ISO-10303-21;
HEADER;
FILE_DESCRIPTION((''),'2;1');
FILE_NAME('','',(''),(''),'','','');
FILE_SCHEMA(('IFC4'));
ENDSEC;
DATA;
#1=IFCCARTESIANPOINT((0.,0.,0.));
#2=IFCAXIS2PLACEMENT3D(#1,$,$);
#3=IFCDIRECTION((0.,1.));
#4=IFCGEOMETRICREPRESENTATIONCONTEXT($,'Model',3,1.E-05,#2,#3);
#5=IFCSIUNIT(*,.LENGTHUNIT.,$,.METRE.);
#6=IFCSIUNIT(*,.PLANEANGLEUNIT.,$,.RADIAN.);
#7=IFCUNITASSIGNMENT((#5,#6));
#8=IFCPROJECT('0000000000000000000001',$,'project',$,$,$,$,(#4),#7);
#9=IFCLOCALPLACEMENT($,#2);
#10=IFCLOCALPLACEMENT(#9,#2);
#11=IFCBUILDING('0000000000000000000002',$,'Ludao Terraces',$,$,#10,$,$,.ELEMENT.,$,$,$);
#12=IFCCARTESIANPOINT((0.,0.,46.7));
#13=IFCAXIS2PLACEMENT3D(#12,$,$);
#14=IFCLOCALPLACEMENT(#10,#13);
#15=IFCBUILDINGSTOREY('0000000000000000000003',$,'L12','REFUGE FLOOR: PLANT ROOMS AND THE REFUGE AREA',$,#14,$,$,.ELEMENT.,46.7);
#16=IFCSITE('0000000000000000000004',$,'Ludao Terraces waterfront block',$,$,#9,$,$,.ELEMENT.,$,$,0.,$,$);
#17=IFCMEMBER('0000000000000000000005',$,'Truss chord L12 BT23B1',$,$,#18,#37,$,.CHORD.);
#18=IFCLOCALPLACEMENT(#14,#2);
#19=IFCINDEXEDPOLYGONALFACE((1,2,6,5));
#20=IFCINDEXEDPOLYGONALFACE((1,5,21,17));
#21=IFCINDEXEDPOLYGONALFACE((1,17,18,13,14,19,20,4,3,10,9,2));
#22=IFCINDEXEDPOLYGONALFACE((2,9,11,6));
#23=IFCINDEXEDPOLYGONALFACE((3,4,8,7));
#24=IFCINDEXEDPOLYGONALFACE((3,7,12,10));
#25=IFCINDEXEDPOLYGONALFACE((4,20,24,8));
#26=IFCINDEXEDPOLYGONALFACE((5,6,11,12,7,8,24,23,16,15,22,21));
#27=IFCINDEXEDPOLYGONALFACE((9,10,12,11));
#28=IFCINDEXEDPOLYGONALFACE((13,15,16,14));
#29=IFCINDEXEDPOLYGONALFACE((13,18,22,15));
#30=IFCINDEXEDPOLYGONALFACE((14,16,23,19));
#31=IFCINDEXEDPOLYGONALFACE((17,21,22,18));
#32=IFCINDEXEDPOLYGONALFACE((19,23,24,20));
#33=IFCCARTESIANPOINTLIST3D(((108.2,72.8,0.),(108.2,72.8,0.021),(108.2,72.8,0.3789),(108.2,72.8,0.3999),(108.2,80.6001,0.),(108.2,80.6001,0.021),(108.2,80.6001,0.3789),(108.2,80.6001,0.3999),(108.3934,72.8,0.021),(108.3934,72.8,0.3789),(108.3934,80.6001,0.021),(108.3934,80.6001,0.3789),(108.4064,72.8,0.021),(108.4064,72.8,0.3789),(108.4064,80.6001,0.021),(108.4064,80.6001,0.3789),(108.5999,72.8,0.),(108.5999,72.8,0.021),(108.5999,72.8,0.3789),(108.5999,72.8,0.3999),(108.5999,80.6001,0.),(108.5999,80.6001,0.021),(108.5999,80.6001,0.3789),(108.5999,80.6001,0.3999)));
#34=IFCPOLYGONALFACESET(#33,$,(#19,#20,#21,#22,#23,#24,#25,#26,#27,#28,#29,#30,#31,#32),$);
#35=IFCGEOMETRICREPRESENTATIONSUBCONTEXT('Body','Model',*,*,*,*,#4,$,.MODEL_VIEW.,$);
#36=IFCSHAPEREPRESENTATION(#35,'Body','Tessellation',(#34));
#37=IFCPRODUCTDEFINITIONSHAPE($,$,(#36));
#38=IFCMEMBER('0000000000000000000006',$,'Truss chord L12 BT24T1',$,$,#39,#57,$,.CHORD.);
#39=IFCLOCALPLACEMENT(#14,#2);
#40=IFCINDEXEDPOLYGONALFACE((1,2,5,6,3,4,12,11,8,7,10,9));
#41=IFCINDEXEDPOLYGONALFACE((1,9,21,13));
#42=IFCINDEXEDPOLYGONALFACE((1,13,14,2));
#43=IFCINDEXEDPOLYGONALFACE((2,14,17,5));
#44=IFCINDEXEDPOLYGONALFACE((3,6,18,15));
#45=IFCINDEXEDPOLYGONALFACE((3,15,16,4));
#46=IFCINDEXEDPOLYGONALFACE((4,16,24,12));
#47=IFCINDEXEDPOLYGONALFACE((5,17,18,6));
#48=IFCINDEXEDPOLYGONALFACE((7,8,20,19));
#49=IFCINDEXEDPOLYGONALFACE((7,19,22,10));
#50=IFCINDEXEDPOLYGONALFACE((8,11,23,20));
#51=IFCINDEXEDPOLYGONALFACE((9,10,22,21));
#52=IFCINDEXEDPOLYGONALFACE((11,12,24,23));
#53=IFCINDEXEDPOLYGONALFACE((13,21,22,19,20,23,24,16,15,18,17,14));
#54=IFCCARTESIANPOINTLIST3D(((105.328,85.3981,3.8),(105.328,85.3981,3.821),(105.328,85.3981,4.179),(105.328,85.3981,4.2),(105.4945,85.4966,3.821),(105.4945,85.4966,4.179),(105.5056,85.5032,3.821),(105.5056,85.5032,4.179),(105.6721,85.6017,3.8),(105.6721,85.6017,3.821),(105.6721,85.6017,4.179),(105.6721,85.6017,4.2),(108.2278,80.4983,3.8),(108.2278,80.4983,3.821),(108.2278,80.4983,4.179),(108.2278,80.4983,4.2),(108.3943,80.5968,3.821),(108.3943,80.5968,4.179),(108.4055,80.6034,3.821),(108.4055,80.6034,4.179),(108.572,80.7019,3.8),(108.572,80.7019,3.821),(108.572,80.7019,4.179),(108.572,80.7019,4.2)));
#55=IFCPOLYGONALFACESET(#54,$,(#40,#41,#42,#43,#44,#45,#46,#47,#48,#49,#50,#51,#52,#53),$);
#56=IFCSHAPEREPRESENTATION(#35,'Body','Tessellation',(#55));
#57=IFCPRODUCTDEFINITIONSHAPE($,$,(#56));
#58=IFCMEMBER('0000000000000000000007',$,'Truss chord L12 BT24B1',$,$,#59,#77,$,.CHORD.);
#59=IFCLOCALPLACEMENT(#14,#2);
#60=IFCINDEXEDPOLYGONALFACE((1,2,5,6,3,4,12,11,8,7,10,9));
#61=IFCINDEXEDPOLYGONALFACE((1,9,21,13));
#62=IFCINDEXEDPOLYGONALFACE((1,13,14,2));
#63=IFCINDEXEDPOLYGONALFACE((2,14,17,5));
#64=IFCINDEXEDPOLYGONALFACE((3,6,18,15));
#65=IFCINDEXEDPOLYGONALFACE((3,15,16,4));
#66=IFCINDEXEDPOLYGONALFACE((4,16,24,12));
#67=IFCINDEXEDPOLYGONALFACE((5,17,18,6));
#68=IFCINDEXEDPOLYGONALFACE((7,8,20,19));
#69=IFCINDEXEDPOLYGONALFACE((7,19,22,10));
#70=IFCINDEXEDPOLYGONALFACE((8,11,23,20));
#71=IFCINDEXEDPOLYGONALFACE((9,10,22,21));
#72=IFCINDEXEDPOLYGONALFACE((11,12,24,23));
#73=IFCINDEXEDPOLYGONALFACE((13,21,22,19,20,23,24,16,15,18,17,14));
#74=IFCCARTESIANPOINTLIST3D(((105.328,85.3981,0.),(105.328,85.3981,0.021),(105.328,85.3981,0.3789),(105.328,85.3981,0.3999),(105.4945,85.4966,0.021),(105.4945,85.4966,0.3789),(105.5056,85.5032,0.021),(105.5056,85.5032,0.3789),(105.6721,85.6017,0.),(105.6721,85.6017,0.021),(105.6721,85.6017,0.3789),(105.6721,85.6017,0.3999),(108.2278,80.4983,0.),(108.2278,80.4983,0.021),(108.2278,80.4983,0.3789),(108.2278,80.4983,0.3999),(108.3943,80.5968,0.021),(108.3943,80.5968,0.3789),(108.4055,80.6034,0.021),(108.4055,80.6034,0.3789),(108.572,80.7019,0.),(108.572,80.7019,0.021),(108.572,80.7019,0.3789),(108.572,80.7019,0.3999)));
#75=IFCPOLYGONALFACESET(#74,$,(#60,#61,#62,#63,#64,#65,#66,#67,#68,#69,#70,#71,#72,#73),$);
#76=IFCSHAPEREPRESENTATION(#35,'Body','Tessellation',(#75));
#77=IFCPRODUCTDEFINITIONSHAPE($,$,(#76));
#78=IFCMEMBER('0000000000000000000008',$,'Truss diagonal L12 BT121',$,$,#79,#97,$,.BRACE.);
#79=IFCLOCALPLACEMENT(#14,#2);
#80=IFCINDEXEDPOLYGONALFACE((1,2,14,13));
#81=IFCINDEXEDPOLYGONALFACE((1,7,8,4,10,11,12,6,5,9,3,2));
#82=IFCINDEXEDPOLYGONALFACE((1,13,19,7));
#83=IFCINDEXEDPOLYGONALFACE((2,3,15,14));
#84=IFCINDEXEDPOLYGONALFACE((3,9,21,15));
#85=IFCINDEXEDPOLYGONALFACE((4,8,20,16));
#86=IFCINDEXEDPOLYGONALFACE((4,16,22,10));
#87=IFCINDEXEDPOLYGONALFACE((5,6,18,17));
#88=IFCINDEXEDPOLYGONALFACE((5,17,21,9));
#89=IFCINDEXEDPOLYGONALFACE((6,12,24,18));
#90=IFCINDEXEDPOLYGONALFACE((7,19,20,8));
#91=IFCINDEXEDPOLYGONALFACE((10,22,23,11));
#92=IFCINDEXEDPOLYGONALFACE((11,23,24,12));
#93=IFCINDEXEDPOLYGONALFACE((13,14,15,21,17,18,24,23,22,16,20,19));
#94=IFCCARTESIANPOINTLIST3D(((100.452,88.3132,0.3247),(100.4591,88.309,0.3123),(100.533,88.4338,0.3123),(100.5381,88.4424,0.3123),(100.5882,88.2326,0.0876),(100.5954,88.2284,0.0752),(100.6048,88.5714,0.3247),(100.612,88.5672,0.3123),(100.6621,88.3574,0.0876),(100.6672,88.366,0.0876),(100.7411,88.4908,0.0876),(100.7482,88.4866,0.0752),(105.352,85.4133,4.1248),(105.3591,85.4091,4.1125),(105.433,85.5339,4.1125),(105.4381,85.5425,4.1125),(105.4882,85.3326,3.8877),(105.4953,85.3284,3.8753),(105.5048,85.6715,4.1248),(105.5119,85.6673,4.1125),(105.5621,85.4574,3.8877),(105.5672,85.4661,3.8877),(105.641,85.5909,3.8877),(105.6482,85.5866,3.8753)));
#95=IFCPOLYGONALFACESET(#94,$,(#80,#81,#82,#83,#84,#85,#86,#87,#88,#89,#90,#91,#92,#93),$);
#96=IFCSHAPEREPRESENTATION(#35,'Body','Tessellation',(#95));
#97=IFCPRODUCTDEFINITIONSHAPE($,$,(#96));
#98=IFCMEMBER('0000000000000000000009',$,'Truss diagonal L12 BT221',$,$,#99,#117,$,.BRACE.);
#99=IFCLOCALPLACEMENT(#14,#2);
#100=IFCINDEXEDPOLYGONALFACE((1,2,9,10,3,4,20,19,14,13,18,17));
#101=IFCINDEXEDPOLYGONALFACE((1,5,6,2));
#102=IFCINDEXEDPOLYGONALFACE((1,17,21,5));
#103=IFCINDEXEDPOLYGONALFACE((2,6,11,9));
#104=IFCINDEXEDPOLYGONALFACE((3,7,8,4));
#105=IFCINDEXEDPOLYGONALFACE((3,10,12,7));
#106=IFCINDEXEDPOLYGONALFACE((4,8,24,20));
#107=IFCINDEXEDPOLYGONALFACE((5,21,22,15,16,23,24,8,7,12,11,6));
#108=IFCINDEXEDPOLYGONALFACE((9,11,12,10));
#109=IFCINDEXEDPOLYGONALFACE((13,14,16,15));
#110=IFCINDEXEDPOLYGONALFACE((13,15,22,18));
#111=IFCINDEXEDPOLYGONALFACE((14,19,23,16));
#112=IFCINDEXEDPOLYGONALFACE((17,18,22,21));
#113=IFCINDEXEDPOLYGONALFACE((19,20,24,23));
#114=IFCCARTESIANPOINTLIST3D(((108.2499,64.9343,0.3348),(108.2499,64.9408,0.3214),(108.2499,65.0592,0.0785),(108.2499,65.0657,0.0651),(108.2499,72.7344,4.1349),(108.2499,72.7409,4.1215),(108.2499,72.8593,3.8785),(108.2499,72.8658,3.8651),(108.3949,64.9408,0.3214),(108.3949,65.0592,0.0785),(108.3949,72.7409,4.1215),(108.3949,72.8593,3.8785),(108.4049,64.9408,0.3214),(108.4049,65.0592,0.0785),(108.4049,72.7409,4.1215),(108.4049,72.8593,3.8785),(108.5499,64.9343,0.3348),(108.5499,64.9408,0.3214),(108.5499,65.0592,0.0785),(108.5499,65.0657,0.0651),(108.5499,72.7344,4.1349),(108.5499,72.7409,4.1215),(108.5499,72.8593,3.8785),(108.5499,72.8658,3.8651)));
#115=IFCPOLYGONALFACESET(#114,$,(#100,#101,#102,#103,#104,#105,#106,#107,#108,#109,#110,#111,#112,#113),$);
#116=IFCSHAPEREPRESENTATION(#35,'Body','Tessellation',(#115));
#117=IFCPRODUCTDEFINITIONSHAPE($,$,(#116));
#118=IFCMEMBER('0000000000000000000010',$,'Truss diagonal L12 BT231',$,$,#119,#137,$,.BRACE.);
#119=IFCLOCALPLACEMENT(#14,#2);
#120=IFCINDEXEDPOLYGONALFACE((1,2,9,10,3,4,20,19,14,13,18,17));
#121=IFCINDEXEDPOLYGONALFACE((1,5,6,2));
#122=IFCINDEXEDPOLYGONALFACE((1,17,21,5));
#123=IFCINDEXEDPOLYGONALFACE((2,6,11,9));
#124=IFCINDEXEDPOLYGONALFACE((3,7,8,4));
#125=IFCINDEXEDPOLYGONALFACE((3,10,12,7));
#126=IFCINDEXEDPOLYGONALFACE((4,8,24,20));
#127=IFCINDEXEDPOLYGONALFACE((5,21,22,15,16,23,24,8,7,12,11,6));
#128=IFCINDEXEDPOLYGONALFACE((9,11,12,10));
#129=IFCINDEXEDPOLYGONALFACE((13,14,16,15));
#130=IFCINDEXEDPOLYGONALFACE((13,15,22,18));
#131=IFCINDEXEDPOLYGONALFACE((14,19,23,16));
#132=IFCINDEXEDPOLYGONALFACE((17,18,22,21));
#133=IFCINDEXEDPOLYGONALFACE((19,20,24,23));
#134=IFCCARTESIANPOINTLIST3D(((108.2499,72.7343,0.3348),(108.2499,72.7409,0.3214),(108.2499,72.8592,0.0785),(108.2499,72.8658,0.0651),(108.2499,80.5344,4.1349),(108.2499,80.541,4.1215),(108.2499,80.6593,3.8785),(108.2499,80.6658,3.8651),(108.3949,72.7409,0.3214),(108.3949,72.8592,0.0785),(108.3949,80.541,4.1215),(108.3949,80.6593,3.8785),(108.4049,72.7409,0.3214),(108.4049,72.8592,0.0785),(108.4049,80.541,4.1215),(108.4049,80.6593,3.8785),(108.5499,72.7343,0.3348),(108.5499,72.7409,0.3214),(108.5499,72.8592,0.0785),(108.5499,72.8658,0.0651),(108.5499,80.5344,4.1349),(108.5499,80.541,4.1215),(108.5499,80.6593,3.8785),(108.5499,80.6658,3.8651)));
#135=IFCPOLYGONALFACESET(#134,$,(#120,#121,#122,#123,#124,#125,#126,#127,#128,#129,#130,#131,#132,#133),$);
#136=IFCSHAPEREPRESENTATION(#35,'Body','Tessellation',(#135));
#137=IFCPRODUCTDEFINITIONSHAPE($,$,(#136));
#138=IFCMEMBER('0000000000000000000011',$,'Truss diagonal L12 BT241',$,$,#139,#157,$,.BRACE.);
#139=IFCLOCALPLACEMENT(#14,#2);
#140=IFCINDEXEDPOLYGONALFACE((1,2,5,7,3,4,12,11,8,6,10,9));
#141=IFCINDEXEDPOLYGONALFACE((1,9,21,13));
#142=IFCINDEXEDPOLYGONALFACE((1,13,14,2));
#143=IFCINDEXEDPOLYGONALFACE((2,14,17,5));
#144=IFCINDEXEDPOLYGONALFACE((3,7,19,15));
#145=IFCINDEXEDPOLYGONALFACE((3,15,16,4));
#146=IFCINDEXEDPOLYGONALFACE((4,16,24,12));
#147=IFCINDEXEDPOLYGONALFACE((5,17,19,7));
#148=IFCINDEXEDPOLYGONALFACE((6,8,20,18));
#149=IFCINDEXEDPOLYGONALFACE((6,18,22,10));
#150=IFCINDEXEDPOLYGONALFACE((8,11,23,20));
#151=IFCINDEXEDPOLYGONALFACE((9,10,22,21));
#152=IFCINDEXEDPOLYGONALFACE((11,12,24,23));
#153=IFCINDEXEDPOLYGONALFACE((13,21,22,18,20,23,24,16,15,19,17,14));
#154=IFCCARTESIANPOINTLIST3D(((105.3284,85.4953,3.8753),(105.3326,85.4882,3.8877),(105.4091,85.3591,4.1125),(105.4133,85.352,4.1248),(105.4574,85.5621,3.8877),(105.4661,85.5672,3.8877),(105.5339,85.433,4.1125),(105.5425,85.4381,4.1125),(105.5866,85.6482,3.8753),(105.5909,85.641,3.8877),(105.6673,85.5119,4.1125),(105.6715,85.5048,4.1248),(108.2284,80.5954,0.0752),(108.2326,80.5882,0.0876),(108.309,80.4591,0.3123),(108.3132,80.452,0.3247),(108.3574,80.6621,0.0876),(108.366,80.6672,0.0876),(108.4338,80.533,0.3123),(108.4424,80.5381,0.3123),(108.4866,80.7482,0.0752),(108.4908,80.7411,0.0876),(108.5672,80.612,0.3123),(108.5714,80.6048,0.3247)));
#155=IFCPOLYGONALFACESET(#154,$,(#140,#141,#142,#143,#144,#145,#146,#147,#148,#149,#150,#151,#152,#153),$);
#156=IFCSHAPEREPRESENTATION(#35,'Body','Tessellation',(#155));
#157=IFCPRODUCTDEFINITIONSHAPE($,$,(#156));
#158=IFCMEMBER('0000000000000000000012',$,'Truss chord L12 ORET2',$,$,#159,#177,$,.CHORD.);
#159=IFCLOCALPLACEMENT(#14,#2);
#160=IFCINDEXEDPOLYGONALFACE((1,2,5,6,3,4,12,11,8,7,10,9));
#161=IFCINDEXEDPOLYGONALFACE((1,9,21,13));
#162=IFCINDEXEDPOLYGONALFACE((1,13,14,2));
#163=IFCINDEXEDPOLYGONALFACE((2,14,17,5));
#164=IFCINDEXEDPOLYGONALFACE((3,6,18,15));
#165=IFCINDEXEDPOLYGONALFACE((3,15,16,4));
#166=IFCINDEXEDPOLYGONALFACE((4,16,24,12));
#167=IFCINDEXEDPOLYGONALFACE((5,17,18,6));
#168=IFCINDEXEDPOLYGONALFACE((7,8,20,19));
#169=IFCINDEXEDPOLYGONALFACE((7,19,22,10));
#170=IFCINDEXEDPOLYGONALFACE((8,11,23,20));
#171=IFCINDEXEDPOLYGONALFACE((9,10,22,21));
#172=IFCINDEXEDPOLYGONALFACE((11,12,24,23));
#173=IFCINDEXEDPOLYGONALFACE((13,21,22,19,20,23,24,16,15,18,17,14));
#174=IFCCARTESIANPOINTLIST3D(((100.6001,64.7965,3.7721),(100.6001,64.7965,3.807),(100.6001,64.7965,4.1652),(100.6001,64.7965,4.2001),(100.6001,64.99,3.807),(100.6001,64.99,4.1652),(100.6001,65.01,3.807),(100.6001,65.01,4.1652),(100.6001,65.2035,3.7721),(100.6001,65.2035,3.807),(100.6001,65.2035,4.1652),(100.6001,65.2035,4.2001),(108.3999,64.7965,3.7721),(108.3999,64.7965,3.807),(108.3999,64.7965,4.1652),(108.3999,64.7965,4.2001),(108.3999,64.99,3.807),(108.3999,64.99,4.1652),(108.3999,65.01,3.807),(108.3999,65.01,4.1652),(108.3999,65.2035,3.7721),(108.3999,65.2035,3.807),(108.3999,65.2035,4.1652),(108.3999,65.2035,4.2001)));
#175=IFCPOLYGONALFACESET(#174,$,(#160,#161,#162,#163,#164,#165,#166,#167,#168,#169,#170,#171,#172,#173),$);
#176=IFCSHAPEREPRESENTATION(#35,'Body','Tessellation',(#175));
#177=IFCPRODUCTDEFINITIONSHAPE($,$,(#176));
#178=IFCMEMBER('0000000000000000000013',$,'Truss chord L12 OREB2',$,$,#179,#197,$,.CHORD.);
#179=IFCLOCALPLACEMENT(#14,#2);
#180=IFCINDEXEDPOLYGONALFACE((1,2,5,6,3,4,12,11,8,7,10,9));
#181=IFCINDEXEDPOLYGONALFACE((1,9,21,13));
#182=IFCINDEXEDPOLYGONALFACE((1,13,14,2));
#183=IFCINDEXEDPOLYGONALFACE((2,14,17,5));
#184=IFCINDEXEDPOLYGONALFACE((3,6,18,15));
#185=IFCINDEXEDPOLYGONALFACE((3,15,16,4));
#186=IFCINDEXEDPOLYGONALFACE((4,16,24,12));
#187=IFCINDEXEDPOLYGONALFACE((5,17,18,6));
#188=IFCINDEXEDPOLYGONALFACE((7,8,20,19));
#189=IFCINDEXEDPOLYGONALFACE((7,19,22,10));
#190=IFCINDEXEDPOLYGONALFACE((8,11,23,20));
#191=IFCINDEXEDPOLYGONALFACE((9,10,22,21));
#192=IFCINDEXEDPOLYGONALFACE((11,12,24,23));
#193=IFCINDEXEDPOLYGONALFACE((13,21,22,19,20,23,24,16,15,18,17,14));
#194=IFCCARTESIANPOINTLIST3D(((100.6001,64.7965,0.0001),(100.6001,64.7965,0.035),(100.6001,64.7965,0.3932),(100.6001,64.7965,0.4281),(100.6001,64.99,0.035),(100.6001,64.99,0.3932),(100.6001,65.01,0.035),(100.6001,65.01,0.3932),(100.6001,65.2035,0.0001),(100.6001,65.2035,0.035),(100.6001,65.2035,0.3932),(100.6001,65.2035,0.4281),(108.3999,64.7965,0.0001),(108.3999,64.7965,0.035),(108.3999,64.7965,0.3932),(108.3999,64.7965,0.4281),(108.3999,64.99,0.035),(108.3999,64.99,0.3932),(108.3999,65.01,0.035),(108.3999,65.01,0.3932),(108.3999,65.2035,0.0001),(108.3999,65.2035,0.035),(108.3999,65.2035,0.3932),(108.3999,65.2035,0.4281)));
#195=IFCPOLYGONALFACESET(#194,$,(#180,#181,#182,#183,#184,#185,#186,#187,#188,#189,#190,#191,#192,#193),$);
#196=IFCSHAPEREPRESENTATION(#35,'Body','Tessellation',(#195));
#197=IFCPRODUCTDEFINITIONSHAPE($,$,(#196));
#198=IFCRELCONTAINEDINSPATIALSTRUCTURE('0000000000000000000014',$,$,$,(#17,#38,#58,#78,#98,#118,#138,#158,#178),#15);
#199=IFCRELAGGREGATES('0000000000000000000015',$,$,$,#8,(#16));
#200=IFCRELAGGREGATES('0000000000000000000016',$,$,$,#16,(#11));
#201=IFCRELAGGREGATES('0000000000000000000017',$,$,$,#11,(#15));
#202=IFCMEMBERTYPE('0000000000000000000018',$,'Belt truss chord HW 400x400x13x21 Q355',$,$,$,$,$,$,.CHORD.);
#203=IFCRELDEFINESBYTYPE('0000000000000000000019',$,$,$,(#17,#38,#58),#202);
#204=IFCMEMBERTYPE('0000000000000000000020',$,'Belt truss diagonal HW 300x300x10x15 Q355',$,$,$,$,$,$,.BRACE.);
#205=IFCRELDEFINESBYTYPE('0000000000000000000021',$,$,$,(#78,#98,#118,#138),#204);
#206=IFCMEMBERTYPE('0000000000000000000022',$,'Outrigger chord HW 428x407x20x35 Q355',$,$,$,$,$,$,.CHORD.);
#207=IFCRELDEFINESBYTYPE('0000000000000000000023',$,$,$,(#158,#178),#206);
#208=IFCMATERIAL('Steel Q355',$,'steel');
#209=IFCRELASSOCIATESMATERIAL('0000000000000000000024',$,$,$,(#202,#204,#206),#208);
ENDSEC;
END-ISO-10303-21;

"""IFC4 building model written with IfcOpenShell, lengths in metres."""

from ifc_helpers import new_model, si_unit, direction, frame, origin, origin_2d, place, context, subcontext, project, spatial, i_section, extrude, material, material_profile, profile_set, type_object, element, save


model = new_model("IFC4")

# Units and contexts
model_context = context("Model", 3, precision=1e-05, world=origin(), true_north=direction((0.0, 1.0)))
body_context = subcontext(model_context, "Body", "Model", "MODEL_VIEW")
ifc_project = project(units=[si_unit("LENGTHUNIT", "METRE"), si_unit("PLANEANGLEUNIT", "RADIAN")], contexts=[model_context])

# Site, building, storey
site_placement = place(None, origin())
site = spatial("IfcSite", under=ifc_project, at=site_placement, Name="Ludao Terraces waterfront block", CompositionType="ELEMENT", RefElevation=0.0)
building_placement = place(site_placement, origin())
building = spatial("IfcBuilding", under=site, at=building_placement, Name="Ludao Terraces", CompositionType="ELEMENT")
storey_placement = place(building_placement, frame((0.0, 0.0, 46.7)))
storey = spatial("IfcBuildingStorey", under=building, at=storey_placement, Name="L12", Description="REFUGE FLOOR: PLANT ROOMS AND THE REFUGE AREA", CompositionType="ELEMENT", Elevation=46.7)

# Members
ifc_material_1 = material(Name="Steel Q355", Category="steel")
ifc_material_profile_1 = material_profile(ifc_material_1, i_section(OverallWidth=0.3999, OverallDepth=0.3999, WebThickness=0.0129, FlangeThickness=0.021, at=origin_2d()), Name="HW 400X400X13X21")
ifc_profile_set_1 = profile_set([ifc_material_profile_1], Name="Steel Q355")
member_type_1 = type_object("IfcMemberType", Name="Belt truss chord HW 400x400x13x21 Q355", PredefinedType="CHORD", material=ifc_profile_set_1)
for number, where, z_axis, x_axis, name in (
    (1, (108.3999, 72.8, 0.2), (0.0, 1.0, 0.0), (-1.0, 0.0, 0.0), "Truss chord L12 BT23B1"),
):
    element("IfcMember", number, at=place(storey_placement, frame(where, z_axis=z_axis, x_axis=x_axis)), inside=storey, type_object=member_type_1, Name=name, PredefinedType="CHORD", context=body_context, shape_type="SweptSolid", body=[
        extrude(i_section(OverallWidth=0.3999, OverallDepth=0.3999, WebThickness=0.0129, FlangeThickness=0.021, at=origin_2d()), origin(), (0.0, 0.0, 1.0), 7.8),
    ])
for number, where, z_axis, x_axis, name in (
    (2, (108.3999, 80.6001, 4.0), (-0.509316, 0.86058, 0.0), (-0.86058, -0.509316, 0.0), "Truss chord L12 BT24T1"),
    (3, (108.3999, 80.6001, 0.2), (-0.509316, 0.86058, 0.0), (-0.86058, -0.509316, 0.0), "Truss chord L12 BT24B1"),
):
    element("IfcMember", number, at=place(storey_placement, frame(where, z_axis=z_axis, x_axis=x_axis)), inside=storey, type_object=member_type_1, Name=name, PredefinedType="CHORD", context=body_context, shape_type="SweptSolid", body=[
        extrude(i_section(OverallWidth=0.3999, OverallDepth=0.3999, WebThickness=0.0129, FlangeThickness=0.021, at=origin_2d()), origin(), (0.0, 0.0, 1.0), 5.6936),
    ])
ifc_material_profile_2 = material_profile(ifc_material_1, i_section(OverallWidth=0.3, OverallDepth=0.3, WebThickness=0.01, FlangeThickness=0.0149, at=origin_2d()), Name="HW 300X300X10X15")
ifc_profile_set_2 = profile_set([ifc_material_profile_2], Name="Steel Q355")
member_type_2 = type_object("IfcMemberType", Name="Belt truss diagonal HW 300x300x10x15 Q355", PredefinedType="BRACE", material=ifc_profile_set_2)
member_1_placement = place(storey_placement, frame((100.6001, 88.3999, 0.2), z_axis=(0.7158, -0.423631, 0.555128), x_axis=(0.509316, 0.86058, 0.0)))
element("IfcMember", 4, at=member_1_placement, inside=storey, type_object=member_type_2, Name="Truss diagonal L12 BT121", PredefinedType="BRACE", context=body_context, shape_type="SweptSolid", body=[
    extrude(i_section(OverallWidth=0.3, OverallDepth=0.3, WebThickness=0.01, FlangeThickness=0.0149, at=origin_2d()), origin(), (0.0, 0.0, 1.0), 6.8455),
])
for number, where, z_axis, x_axis, name in (
    (5, (108.3999, 65.0, 0.2), (0.0, 0.898989, 0.437972), (-1.0, 0.0, 0.0), "Truss diagonal L12 BT221"),
    (6, (108.3999, 72.8, 0.2), (0.0, 0.898989, 0.437972), (-1.0, 0.0, 0.0), "Truss diagonal L12 BT231"),
):
    element("IfcMember", number, at=place(storey_placement, frame(where, z_axis=z_axis, x_axis=x_axis)), inside=storey, type_object=member_type_2, Name=name, PredefinedType="BRACE", context=body_context, shape_type="SweptSolid", body=[
        extrude(i_section(OverallWidth=0.3, OverallDepth=0.3, WebThickness=0.01, FlangeThickness=0.0149, at=origin_2d()), origin(), (0.0, 0.0, 1.0), 8.6765),
    ])
member_2_placement = place(storey_placement, frame((108.3999, 80.6001, 0.2), z_axis=(-0.423631, 0.7158, 0.555128), x_axis=(-0.86058, -0.509316, 0.0)))
element("IfcMember", 7, at=member_2_placement, inside=storey, type_object=member_type_2, Name="Truss diagonal L12 BT241", PredefinedType="BRACE", context=body_context, shape_type="SweptSolid", body=[
    extrude(i_section(OverallWidth=0.3, OverallDepth=0.3, WebThickness=0.01, FlangeThickness=0.0149, at=origin_2d()), origin(), (0.0, 0.0, 1.0), 6.8455),
])
ifc_material_profile_3 = material_profile(ifc_material_1, i_section(OverallWidth=0.407, OverallDepth=0.428, WebThickness=0.02, FlangeThickness=0.0349, at=origin_2d()), Name="HW 428X407X20X35")
ifc_profile_set_3 = profile_set([ifc_material_profile_3], Name="Steel Q355")
member_type_3 = type_object("IfcMemberType", Name="Outrigger chord HW 428x407x20x35 Q355", PredefinedType="CHORD", material=ifc_profile_set_3)
for number, where, z_axis, x_axis, name in (
    (8, (100.6001, 65.0, 3.9861), (1.0, 0.0, 0.0), (0.0, 1.0, 0.0), "Truss chord L12 ORET2"),
    (9, (100.6001, 65.0, 0.2141), (1.0, 0.0, 0.0), (0.0, 1.0, 0.0), "Truss chord L12 OREB2"),
):
    element("IfcMember", number, at=place(storey_placement, frame(where, z_axis=z_axis, x_axis=x_axis)), inside=storey, type_object=member_type_3, Name=name, PredefinedType="CHORD", context=body_context, shape_type="SweptSolid", body=[
        extrude(i_section(OverallWidth=0.407, OverallDepth=0.428, WebThickness=0.02, FlangeThickness=0.0349, at=origin_2d()), origin(), (0.0, 0.0, 1.0), 7.7998),
    ])

save(model, "model.ifc")
